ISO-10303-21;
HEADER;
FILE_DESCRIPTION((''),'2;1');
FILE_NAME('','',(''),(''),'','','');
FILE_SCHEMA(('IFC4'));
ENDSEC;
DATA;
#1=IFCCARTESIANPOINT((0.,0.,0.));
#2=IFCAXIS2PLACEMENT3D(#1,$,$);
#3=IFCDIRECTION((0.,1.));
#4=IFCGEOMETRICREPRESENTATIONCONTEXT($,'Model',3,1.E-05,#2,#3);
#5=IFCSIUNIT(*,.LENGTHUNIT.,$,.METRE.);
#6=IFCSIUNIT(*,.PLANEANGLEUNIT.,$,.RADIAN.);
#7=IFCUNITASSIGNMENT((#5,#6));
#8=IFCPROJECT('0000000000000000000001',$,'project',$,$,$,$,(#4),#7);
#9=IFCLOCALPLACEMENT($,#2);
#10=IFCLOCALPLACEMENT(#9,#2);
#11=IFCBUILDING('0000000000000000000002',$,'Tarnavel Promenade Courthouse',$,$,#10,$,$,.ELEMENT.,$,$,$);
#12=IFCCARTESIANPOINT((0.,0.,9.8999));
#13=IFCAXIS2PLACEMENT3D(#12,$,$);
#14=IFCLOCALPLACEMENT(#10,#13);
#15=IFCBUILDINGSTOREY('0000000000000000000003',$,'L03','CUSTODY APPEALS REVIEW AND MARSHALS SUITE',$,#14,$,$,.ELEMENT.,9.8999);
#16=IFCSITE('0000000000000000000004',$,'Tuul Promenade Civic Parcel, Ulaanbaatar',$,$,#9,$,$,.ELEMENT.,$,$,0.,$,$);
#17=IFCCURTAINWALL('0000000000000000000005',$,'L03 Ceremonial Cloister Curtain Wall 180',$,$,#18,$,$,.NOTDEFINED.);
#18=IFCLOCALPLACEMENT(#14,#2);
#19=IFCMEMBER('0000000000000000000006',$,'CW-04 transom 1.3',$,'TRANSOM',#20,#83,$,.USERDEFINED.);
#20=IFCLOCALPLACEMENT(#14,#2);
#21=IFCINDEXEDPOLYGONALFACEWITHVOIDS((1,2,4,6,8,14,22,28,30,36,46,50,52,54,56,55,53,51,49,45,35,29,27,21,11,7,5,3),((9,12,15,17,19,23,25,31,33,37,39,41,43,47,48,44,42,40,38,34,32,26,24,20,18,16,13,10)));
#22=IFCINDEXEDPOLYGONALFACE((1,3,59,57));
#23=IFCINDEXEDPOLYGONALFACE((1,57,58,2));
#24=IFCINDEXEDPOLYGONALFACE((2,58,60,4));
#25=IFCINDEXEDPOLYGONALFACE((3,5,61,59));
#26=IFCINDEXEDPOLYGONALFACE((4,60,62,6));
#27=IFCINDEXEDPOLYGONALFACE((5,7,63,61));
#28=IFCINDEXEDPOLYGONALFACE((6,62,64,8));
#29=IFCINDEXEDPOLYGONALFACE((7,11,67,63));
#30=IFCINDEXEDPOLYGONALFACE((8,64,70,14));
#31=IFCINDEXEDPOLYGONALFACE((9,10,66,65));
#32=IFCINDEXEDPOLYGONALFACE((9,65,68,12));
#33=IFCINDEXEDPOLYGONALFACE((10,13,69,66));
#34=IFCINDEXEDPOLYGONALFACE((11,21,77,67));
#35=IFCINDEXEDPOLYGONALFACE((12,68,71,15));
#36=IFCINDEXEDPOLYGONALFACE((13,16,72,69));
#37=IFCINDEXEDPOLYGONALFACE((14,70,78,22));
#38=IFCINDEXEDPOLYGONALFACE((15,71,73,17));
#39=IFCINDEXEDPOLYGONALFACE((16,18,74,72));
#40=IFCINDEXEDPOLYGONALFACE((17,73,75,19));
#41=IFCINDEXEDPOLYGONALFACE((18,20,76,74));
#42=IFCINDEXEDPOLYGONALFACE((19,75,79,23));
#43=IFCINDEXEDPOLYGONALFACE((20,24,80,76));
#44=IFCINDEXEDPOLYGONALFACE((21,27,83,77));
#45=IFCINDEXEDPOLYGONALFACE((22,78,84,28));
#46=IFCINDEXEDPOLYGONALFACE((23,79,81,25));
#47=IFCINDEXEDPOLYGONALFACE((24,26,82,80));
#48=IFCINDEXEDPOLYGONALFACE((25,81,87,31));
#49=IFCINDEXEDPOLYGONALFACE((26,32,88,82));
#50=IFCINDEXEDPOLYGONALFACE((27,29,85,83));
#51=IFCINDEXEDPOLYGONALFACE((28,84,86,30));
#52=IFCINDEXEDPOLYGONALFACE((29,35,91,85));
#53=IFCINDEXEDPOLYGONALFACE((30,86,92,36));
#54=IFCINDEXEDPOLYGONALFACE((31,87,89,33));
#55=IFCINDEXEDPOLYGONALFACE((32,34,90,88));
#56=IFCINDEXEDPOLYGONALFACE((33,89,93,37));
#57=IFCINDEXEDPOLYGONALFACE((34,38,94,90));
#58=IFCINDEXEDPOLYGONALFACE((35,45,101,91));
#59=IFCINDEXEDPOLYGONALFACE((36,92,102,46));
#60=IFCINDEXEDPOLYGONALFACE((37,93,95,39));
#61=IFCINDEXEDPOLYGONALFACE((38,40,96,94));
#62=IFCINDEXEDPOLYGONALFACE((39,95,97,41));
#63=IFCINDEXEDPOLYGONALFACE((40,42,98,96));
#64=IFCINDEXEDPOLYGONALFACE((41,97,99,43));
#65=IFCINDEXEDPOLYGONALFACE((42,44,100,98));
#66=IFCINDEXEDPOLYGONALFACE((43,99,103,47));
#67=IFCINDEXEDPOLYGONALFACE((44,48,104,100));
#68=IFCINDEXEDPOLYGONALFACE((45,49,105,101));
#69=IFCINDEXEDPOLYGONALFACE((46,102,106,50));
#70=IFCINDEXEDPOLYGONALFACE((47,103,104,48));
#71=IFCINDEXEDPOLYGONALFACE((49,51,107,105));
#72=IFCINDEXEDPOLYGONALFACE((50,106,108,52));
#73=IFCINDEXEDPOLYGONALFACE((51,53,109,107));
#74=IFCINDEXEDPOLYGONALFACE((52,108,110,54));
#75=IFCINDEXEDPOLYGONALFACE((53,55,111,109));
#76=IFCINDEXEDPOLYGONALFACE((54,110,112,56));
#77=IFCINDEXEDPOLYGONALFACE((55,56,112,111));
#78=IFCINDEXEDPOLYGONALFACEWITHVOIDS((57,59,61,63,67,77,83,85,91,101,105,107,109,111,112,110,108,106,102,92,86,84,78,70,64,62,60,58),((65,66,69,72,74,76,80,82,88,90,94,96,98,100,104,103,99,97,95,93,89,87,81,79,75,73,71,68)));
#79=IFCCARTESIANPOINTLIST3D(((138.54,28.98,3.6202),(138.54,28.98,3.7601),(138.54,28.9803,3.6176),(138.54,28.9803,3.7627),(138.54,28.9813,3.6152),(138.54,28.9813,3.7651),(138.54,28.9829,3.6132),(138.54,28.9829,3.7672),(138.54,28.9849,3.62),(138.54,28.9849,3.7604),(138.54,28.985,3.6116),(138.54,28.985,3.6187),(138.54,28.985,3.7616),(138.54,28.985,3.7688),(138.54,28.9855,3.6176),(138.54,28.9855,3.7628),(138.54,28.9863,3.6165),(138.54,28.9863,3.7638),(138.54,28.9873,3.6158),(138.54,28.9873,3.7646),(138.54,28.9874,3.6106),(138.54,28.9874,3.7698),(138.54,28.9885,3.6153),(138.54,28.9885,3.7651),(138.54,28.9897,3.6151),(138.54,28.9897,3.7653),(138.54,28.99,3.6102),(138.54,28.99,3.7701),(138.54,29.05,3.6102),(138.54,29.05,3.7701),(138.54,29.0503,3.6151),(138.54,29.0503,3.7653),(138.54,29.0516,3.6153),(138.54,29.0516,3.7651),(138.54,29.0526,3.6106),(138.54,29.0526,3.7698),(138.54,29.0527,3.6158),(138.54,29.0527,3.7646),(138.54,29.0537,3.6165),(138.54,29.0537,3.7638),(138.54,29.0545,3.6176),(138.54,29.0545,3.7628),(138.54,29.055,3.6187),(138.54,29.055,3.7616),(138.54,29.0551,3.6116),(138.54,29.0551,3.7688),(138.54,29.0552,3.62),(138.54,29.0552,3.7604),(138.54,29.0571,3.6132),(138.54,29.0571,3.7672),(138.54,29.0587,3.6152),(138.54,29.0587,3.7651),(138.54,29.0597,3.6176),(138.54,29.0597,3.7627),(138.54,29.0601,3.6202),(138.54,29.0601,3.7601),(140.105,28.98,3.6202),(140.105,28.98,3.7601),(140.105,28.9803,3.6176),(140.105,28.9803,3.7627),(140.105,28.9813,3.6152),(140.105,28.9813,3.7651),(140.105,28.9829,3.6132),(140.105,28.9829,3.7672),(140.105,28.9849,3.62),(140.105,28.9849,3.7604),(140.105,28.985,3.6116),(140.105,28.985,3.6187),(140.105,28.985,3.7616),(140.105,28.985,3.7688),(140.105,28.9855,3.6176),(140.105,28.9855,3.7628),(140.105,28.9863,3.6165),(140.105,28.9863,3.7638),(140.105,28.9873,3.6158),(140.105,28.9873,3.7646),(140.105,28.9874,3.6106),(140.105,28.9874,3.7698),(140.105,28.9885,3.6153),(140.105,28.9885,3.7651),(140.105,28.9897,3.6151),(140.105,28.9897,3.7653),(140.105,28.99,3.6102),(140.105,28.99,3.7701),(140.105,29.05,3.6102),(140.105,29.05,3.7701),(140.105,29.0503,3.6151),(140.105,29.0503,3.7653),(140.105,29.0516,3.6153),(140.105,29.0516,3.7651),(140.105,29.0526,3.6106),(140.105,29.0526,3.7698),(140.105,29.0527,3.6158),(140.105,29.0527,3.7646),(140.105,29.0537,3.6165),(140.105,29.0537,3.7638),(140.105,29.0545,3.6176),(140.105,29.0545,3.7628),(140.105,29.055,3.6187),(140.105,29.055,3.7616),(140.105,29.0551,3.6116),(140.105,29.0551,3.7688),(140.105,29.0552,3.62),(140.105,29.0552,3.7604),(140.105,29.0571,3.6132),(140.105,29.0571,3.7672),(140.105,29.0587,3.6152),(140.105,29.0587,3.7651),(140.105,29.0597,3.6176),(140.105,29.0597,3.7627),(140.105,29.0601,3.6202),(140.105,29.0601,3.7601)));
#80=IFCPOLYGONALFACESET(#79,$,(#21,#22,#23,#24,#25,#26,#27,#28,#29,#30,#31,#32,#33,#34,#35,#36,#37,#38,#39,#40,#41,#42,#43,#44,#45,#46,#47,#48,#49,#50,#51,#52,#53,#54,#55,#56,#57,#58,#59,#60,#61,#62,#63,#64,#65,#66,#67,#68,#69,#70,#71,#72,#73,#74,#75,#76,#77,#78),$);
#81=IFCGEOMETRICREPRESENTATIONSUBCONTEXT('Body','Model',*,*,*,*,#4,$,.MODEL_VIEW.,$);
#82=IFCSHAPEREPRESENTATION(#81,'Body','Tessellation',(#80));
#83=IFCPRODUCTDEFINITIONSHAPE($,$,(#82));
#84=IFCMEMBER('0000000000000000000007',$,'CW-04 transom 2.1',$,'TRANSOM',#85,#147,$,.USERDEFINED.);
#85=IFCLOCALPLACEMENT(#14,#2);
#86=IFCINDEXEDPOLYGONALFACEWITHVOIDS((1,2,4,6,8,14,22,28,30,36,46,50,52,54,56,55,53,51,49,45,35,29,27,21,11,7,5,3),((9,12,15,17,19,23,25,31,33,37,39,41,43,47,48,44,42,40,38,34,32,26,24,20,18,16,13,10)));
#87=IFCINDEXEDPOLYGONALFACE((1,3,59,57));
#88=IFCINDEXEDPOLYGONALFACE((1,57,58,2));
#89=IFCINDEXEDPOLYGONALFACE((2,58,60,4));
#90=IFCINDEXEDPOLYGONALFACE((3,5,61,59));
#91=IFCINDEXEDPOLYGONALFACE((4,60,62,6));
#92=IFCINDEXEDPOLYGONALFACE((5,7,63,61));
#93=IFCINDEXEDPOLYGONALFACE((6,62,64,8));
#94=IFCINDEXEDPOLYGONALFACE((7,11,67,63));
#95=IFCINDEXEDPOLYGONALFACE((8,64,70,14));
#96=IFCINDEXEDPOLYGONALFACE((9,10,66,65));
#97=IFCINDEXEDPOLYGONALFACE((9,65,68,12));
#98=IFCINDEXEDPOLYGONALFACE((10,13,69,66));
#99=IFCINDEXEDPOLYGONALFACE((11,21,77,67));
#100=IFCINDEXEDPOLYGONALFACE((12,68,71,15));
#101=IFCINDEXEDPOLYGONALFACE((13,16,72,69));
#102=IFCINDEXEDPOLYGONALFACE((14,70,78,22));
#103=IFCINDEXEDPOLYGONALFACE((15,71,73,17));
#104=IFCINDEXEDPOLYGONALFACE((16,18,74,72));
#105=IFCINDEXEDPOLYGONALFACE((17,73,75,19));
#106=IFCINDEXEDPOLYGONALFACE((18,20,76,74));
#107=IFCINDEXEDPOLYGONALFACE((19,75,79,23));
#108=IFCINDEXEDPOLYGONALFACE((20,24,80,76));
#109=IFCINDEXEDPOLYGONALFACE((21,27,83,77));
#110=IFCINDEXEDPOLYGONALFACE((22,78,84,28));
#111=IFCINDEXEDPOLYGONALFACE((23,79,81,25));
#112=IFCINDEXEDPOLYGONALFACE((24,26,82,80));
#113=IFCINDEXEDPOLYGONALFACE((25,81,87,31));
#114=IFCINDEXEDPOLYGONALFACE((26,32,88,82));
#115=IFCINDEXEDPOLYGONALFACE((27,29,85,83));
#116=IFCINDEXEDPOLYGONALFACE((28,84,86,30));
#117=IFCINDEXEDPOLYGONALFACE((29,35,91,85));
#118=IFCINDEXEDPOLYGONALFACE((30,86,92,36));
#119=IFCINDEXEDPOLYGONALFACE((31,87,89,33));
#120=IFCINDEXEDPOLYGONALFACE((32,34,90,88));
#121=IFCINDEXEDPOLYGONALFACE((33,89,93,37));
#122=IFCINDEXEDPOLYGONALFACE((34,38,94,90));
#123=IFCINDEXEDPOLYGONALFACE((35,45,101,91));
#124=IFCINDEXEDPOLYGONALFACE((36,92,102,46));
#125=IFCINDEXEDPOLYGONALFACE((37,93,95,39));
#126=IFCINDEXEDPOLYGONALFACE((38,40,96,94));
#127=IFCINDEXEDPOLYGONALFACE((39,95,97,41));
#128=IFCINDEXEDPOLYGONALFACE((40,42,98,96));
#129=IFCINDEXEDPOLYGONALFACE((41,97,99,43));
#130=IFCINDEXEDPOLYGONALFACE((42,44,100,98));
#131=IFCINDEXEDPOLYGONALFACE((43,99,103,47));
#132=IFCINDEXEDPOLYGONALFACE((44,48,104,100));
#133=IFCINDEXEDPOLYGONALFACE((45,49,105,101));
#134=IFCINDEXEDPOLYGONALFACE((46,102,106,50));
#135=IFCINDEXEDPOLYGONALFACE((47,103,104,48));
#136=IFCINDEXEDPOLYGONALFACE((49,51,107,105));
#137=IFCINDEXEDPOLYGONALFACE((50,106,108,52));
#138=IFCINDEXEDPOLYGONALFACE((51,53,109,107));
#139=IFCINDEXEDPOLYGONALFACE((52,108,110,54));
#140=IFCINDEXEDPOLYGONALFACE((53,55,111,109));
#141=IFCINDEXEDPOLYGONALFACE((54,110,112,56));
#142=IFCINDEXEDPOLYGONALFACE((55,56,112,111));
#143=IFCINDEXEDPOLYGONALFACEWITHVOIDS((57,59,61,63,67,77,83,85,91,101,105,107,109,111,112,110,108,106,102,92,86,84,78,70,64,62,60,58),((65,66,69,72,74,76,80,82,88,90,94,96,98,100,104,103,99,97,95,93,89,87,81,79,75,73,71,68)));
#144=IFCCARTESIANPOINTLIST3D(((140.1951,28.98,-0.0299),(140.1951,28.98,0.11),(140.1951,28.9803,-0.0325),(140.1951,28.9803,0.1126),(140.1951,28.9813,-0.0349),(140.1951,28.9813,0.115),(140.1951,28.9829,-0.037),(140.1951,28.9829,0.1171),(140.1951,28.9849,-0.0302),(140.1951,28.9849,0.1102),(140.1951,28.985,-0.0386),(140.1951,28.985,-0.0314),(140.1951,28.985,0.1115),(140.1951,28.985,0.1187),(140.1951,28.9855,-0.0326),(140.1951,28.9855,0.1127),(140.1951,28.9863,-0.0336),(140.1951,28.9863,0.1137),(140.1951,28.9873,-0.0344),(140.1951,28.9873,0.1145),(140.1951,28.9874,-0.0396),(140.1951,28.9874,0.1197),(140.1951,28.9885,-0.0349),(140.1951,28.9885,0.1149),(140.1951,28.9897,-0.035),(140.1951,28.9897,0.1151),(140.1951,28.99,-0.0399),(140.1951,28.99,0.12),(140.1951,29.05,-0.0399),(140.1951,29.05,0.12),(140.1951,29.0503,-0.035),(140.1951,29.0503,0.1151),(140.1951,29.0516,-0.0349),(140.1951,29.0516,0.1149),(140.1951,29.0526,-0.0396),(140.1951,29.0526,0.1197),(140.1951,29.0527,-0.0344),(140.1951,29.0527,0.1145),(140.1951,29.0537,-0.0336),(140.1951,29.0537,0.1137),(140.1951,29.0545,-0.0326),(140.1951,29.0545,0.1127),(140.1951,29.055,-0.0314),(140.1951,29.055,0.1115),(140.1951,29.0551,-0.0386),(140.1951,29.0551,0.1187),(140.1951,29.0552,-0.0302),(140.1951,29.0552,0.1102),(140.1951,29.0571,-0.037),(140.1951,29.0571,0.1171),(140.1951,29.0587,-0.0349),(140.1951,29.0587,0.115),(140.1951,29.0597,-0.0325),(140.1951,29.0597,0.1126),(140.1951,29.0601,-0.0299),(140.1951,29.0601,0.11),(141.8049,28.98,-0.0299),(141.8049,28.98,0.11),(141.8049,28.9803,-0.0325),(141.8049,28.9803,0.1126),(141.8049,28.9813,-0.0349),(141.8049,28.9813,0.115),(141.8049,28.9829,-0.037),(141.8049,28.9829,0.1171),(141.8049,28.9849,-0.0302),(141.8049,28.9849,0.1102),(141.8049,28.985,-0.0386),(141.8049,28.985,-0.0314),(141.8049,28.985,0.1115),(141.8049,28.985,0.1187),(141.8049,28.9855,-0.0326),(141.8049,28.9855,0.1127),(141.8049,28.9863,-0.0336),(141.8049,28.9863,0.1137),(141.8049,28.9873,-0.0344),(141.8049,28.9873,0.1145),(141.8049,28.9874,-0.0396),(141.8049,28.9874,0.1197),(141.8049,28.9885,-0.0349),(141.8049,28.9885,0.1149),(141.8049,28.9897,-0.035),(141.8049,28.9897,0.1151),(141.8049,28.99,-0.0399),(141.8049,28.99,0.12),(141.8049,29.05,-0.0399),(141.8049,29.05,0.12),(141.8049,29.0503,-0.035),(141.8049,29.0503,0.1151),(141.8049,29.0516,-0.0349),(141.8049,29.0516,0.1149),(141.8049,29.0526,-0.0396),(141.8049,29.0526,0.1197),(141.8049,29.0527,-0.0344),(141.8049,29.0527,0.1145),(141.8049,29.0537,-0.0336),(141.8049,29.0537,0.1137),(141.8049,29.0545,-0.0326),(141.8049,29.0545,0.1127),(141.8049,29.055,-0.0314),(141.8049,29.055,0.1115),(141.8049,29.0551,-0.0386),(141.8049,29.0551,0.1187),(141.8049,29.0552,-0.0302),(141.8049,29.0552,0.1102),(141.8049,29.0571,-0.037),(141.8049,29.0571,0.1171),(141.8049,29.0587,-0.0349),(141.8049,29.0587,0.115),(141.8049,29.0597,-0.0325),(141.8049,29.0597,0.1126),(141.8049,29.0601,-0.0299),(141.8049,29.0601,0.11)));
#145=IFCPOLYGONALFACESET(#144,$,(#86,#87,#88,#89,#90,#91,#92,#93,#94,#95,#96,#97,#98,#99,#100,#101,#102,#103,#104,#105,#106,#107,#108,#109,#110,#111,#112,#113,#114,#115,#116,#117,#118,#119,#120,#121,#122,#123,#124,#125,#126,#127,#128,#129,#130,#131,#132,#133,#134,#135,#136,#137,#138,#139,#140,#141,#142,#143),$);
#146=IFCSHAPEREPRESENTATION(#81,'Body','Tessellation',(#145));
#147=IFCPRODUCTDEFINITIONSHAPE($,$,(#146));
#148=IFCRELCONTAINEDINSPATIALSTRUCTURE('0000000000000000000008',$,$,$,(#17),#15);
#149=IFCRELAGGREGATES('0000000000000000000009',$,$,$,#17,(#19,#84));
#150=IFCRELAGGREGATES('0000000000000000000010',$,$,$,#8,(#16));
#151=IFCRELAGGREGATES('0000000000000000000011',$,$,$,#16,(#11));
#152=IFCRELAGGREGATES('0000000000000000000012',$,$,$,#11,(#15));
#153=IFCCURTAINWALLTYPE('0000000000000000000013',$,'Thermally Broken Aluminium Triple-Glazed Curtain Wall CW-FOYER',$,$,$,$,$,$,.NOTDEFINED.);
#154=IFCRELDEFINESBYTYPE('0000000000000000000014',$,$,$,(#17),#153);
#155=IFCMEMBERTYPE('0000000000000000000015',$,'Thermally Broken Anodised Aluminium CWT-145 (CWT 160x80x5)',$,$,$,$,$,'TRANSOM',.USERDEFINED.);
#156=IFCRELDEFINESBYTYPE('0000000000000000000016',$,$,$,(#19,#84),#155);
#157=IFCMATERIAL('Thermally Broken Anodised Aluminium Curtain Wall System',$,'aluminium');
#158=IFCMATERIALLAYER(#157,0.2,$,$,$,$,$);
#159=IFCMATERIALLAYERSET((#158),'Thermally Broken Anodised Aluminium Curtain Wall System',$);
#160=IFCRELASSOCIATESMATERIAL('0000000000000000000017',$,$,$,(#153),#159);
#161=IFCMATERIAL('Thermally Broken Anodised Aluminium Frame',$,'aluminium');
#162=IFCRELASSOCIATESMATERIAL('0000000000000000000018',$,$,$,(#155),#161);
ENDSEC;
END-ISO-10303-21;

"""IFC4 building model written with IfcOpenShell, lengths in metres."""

from ifc_helpers import new_model, si_unit, direction, frame, origin, origin_2d, place, context, subcontext, project, spatial, hollow_rectangle, extrude, material, layer, layer_set, material_profile, profile_set, type_object, element, aggregate, save


model = new_model("IFC4")

# Units and contexts
model_context = context("Model", 3, precision=1e-05, world=origin(), true_north=direction((0.0, 1.0)))
body_context = subcontext(model_context, "Body", "Model", "MODEL_VIEW")
ifc_project = project(units=[si_unit("LENGTHUNIT", "METRE"), si_unit("PLANEANGLEUNIT", "RADIAN")], contexts=[model_context])

# Site, building, storey
site_placement = place(None, origin())
site = spatial("IfcSite", under=ifc_project, at=site_placement, Name="Tuul Promenade Civic Parcel, Ulaanbaatar", CompositionType="ELEMENT", RefElevation=0.0)
building_placement = place(site_placement, origin())
building = spatial("IfcBuilding", under=site, at=building_placement, Name="Tarnavel Promenade Courthouse", CompositionType="ELEMENT")
storey_placement = place(building_placement, frame((0.0, 0.0, 9.8999)))
storey = spatial("IfcBuildingStorey", under=building, at=storey_placement, Name="L03", Description="CUSTODY APPEALS REVIEW AND MARSHALS SUITE", CompositionType="ELEMENT", Elevation=9.8999)

# Shared definitions
ifc_material_1 = material(Name="Thermally Broken Anodised Aluminium Curtain Wall System", Category="aluminium")
ifc_layer_1 = layer(ifc_material_1, 0.2)
ifc_layer_set_1 = layer_set([ifc_layer_1], Name="Thermally Broken Anodised Aluminium Curtain Wall System")
curtain_wall_type = type_object("IfcCurtainWallType", Name="Thermally Broken Aluminium Triple-Glazed Curtain Wall CW-FOYER", PredefinedType="NOTDEFINED", material=ifc_layer_set_1)
ifc_material_2 = material(Name="Thermally Broken Anodised Aluminium Frame", Category="aluminium")

# Curtain wall
curtain_wall_1_placement = place(storey_placement, origin())
curtain_wall_1 = element("IfcCurtainWall", 1, at=curtain_wall_1_placement, inside=storey, type_object=curtain_wall_type, Name="L03 Ceremonial Cloister Curtain Wall 180", PredefinedType="NOTDEFINED")

# Members
ifc_material_profile_1 = material_profile(ifc_material_2, hollow_rectangle(XDim=0.0801, YDim=0.1599, WallThickness=0.0049, InnerFilletRadius=0.0049, OuterFilletRadius=0.01, at=origin_2d()), Name="CWT 160x80x5")
ifc_profile_set_1 = profile_set([ifc_material_profile_1], Name="Thermally Broken Anodised Aluminium Frame")
member_type_1 = type_object("IfcMemberType", Name="Thermally Broken Anodised Aluminium CWT-145 (CWT 160x80x5)", ElementType="TRANSOM", PredefinedType="USERDEFINED", material=ifc_profile_set_1)
member_1_placement = place(storey_placement, frame((138.54, 29.02, 3.6902), z_axis=(1.0, 0.0, 0.0), x_axis=(0.0, 1.0, 0.0)))
member_1 = element("IfcMember", 2, at=member_1_placement, type_object=member_type_1, Name="CW-04 transom 1.3", ObjectType="TRANSOM", PredefinedType="USERDEFINED", context=body_context, shape_type="SweptSolid", body=[
    extrude(hollow_rectangle(XDim=0.0801, YDim=0.1599, WallThickness=0.0049, InnerFilletRadius=0.0049, OuterFilletRadius=0.01, at=origin_2d()), origin(), (0.0, 0.0, 1.0), 1.5649),
])
member_2_placement = place(storey_placement, frame((140.1951, 29.02, 0.04), z_axis=(1.0, 0.0, 0.0), x_axis=(0.0, 1.0, 0.0)))
member_2 = element("IfcMember", 3, at=member_2_placement, type_object=member_type_1, Name="CW-04 transom 2.1", ObjectType="TRANSOM", PredefinedType="USERDEFINED", context=body_context, shape_type="SweptSolid", body=[
    extrude(hollow_rectangle(XDim=0.0801, YDim=0.1599, WallThickness=0.0049, InnerFilletRadius=0.0049, OuterFilletRadius=0.01, at=origin_2d()), origin(), (0.0, 0.0, 1.0), 1.6099),
])

aggregate(curtain_wall_1, [member_1, member_2])

save(model, "model.ifc")
